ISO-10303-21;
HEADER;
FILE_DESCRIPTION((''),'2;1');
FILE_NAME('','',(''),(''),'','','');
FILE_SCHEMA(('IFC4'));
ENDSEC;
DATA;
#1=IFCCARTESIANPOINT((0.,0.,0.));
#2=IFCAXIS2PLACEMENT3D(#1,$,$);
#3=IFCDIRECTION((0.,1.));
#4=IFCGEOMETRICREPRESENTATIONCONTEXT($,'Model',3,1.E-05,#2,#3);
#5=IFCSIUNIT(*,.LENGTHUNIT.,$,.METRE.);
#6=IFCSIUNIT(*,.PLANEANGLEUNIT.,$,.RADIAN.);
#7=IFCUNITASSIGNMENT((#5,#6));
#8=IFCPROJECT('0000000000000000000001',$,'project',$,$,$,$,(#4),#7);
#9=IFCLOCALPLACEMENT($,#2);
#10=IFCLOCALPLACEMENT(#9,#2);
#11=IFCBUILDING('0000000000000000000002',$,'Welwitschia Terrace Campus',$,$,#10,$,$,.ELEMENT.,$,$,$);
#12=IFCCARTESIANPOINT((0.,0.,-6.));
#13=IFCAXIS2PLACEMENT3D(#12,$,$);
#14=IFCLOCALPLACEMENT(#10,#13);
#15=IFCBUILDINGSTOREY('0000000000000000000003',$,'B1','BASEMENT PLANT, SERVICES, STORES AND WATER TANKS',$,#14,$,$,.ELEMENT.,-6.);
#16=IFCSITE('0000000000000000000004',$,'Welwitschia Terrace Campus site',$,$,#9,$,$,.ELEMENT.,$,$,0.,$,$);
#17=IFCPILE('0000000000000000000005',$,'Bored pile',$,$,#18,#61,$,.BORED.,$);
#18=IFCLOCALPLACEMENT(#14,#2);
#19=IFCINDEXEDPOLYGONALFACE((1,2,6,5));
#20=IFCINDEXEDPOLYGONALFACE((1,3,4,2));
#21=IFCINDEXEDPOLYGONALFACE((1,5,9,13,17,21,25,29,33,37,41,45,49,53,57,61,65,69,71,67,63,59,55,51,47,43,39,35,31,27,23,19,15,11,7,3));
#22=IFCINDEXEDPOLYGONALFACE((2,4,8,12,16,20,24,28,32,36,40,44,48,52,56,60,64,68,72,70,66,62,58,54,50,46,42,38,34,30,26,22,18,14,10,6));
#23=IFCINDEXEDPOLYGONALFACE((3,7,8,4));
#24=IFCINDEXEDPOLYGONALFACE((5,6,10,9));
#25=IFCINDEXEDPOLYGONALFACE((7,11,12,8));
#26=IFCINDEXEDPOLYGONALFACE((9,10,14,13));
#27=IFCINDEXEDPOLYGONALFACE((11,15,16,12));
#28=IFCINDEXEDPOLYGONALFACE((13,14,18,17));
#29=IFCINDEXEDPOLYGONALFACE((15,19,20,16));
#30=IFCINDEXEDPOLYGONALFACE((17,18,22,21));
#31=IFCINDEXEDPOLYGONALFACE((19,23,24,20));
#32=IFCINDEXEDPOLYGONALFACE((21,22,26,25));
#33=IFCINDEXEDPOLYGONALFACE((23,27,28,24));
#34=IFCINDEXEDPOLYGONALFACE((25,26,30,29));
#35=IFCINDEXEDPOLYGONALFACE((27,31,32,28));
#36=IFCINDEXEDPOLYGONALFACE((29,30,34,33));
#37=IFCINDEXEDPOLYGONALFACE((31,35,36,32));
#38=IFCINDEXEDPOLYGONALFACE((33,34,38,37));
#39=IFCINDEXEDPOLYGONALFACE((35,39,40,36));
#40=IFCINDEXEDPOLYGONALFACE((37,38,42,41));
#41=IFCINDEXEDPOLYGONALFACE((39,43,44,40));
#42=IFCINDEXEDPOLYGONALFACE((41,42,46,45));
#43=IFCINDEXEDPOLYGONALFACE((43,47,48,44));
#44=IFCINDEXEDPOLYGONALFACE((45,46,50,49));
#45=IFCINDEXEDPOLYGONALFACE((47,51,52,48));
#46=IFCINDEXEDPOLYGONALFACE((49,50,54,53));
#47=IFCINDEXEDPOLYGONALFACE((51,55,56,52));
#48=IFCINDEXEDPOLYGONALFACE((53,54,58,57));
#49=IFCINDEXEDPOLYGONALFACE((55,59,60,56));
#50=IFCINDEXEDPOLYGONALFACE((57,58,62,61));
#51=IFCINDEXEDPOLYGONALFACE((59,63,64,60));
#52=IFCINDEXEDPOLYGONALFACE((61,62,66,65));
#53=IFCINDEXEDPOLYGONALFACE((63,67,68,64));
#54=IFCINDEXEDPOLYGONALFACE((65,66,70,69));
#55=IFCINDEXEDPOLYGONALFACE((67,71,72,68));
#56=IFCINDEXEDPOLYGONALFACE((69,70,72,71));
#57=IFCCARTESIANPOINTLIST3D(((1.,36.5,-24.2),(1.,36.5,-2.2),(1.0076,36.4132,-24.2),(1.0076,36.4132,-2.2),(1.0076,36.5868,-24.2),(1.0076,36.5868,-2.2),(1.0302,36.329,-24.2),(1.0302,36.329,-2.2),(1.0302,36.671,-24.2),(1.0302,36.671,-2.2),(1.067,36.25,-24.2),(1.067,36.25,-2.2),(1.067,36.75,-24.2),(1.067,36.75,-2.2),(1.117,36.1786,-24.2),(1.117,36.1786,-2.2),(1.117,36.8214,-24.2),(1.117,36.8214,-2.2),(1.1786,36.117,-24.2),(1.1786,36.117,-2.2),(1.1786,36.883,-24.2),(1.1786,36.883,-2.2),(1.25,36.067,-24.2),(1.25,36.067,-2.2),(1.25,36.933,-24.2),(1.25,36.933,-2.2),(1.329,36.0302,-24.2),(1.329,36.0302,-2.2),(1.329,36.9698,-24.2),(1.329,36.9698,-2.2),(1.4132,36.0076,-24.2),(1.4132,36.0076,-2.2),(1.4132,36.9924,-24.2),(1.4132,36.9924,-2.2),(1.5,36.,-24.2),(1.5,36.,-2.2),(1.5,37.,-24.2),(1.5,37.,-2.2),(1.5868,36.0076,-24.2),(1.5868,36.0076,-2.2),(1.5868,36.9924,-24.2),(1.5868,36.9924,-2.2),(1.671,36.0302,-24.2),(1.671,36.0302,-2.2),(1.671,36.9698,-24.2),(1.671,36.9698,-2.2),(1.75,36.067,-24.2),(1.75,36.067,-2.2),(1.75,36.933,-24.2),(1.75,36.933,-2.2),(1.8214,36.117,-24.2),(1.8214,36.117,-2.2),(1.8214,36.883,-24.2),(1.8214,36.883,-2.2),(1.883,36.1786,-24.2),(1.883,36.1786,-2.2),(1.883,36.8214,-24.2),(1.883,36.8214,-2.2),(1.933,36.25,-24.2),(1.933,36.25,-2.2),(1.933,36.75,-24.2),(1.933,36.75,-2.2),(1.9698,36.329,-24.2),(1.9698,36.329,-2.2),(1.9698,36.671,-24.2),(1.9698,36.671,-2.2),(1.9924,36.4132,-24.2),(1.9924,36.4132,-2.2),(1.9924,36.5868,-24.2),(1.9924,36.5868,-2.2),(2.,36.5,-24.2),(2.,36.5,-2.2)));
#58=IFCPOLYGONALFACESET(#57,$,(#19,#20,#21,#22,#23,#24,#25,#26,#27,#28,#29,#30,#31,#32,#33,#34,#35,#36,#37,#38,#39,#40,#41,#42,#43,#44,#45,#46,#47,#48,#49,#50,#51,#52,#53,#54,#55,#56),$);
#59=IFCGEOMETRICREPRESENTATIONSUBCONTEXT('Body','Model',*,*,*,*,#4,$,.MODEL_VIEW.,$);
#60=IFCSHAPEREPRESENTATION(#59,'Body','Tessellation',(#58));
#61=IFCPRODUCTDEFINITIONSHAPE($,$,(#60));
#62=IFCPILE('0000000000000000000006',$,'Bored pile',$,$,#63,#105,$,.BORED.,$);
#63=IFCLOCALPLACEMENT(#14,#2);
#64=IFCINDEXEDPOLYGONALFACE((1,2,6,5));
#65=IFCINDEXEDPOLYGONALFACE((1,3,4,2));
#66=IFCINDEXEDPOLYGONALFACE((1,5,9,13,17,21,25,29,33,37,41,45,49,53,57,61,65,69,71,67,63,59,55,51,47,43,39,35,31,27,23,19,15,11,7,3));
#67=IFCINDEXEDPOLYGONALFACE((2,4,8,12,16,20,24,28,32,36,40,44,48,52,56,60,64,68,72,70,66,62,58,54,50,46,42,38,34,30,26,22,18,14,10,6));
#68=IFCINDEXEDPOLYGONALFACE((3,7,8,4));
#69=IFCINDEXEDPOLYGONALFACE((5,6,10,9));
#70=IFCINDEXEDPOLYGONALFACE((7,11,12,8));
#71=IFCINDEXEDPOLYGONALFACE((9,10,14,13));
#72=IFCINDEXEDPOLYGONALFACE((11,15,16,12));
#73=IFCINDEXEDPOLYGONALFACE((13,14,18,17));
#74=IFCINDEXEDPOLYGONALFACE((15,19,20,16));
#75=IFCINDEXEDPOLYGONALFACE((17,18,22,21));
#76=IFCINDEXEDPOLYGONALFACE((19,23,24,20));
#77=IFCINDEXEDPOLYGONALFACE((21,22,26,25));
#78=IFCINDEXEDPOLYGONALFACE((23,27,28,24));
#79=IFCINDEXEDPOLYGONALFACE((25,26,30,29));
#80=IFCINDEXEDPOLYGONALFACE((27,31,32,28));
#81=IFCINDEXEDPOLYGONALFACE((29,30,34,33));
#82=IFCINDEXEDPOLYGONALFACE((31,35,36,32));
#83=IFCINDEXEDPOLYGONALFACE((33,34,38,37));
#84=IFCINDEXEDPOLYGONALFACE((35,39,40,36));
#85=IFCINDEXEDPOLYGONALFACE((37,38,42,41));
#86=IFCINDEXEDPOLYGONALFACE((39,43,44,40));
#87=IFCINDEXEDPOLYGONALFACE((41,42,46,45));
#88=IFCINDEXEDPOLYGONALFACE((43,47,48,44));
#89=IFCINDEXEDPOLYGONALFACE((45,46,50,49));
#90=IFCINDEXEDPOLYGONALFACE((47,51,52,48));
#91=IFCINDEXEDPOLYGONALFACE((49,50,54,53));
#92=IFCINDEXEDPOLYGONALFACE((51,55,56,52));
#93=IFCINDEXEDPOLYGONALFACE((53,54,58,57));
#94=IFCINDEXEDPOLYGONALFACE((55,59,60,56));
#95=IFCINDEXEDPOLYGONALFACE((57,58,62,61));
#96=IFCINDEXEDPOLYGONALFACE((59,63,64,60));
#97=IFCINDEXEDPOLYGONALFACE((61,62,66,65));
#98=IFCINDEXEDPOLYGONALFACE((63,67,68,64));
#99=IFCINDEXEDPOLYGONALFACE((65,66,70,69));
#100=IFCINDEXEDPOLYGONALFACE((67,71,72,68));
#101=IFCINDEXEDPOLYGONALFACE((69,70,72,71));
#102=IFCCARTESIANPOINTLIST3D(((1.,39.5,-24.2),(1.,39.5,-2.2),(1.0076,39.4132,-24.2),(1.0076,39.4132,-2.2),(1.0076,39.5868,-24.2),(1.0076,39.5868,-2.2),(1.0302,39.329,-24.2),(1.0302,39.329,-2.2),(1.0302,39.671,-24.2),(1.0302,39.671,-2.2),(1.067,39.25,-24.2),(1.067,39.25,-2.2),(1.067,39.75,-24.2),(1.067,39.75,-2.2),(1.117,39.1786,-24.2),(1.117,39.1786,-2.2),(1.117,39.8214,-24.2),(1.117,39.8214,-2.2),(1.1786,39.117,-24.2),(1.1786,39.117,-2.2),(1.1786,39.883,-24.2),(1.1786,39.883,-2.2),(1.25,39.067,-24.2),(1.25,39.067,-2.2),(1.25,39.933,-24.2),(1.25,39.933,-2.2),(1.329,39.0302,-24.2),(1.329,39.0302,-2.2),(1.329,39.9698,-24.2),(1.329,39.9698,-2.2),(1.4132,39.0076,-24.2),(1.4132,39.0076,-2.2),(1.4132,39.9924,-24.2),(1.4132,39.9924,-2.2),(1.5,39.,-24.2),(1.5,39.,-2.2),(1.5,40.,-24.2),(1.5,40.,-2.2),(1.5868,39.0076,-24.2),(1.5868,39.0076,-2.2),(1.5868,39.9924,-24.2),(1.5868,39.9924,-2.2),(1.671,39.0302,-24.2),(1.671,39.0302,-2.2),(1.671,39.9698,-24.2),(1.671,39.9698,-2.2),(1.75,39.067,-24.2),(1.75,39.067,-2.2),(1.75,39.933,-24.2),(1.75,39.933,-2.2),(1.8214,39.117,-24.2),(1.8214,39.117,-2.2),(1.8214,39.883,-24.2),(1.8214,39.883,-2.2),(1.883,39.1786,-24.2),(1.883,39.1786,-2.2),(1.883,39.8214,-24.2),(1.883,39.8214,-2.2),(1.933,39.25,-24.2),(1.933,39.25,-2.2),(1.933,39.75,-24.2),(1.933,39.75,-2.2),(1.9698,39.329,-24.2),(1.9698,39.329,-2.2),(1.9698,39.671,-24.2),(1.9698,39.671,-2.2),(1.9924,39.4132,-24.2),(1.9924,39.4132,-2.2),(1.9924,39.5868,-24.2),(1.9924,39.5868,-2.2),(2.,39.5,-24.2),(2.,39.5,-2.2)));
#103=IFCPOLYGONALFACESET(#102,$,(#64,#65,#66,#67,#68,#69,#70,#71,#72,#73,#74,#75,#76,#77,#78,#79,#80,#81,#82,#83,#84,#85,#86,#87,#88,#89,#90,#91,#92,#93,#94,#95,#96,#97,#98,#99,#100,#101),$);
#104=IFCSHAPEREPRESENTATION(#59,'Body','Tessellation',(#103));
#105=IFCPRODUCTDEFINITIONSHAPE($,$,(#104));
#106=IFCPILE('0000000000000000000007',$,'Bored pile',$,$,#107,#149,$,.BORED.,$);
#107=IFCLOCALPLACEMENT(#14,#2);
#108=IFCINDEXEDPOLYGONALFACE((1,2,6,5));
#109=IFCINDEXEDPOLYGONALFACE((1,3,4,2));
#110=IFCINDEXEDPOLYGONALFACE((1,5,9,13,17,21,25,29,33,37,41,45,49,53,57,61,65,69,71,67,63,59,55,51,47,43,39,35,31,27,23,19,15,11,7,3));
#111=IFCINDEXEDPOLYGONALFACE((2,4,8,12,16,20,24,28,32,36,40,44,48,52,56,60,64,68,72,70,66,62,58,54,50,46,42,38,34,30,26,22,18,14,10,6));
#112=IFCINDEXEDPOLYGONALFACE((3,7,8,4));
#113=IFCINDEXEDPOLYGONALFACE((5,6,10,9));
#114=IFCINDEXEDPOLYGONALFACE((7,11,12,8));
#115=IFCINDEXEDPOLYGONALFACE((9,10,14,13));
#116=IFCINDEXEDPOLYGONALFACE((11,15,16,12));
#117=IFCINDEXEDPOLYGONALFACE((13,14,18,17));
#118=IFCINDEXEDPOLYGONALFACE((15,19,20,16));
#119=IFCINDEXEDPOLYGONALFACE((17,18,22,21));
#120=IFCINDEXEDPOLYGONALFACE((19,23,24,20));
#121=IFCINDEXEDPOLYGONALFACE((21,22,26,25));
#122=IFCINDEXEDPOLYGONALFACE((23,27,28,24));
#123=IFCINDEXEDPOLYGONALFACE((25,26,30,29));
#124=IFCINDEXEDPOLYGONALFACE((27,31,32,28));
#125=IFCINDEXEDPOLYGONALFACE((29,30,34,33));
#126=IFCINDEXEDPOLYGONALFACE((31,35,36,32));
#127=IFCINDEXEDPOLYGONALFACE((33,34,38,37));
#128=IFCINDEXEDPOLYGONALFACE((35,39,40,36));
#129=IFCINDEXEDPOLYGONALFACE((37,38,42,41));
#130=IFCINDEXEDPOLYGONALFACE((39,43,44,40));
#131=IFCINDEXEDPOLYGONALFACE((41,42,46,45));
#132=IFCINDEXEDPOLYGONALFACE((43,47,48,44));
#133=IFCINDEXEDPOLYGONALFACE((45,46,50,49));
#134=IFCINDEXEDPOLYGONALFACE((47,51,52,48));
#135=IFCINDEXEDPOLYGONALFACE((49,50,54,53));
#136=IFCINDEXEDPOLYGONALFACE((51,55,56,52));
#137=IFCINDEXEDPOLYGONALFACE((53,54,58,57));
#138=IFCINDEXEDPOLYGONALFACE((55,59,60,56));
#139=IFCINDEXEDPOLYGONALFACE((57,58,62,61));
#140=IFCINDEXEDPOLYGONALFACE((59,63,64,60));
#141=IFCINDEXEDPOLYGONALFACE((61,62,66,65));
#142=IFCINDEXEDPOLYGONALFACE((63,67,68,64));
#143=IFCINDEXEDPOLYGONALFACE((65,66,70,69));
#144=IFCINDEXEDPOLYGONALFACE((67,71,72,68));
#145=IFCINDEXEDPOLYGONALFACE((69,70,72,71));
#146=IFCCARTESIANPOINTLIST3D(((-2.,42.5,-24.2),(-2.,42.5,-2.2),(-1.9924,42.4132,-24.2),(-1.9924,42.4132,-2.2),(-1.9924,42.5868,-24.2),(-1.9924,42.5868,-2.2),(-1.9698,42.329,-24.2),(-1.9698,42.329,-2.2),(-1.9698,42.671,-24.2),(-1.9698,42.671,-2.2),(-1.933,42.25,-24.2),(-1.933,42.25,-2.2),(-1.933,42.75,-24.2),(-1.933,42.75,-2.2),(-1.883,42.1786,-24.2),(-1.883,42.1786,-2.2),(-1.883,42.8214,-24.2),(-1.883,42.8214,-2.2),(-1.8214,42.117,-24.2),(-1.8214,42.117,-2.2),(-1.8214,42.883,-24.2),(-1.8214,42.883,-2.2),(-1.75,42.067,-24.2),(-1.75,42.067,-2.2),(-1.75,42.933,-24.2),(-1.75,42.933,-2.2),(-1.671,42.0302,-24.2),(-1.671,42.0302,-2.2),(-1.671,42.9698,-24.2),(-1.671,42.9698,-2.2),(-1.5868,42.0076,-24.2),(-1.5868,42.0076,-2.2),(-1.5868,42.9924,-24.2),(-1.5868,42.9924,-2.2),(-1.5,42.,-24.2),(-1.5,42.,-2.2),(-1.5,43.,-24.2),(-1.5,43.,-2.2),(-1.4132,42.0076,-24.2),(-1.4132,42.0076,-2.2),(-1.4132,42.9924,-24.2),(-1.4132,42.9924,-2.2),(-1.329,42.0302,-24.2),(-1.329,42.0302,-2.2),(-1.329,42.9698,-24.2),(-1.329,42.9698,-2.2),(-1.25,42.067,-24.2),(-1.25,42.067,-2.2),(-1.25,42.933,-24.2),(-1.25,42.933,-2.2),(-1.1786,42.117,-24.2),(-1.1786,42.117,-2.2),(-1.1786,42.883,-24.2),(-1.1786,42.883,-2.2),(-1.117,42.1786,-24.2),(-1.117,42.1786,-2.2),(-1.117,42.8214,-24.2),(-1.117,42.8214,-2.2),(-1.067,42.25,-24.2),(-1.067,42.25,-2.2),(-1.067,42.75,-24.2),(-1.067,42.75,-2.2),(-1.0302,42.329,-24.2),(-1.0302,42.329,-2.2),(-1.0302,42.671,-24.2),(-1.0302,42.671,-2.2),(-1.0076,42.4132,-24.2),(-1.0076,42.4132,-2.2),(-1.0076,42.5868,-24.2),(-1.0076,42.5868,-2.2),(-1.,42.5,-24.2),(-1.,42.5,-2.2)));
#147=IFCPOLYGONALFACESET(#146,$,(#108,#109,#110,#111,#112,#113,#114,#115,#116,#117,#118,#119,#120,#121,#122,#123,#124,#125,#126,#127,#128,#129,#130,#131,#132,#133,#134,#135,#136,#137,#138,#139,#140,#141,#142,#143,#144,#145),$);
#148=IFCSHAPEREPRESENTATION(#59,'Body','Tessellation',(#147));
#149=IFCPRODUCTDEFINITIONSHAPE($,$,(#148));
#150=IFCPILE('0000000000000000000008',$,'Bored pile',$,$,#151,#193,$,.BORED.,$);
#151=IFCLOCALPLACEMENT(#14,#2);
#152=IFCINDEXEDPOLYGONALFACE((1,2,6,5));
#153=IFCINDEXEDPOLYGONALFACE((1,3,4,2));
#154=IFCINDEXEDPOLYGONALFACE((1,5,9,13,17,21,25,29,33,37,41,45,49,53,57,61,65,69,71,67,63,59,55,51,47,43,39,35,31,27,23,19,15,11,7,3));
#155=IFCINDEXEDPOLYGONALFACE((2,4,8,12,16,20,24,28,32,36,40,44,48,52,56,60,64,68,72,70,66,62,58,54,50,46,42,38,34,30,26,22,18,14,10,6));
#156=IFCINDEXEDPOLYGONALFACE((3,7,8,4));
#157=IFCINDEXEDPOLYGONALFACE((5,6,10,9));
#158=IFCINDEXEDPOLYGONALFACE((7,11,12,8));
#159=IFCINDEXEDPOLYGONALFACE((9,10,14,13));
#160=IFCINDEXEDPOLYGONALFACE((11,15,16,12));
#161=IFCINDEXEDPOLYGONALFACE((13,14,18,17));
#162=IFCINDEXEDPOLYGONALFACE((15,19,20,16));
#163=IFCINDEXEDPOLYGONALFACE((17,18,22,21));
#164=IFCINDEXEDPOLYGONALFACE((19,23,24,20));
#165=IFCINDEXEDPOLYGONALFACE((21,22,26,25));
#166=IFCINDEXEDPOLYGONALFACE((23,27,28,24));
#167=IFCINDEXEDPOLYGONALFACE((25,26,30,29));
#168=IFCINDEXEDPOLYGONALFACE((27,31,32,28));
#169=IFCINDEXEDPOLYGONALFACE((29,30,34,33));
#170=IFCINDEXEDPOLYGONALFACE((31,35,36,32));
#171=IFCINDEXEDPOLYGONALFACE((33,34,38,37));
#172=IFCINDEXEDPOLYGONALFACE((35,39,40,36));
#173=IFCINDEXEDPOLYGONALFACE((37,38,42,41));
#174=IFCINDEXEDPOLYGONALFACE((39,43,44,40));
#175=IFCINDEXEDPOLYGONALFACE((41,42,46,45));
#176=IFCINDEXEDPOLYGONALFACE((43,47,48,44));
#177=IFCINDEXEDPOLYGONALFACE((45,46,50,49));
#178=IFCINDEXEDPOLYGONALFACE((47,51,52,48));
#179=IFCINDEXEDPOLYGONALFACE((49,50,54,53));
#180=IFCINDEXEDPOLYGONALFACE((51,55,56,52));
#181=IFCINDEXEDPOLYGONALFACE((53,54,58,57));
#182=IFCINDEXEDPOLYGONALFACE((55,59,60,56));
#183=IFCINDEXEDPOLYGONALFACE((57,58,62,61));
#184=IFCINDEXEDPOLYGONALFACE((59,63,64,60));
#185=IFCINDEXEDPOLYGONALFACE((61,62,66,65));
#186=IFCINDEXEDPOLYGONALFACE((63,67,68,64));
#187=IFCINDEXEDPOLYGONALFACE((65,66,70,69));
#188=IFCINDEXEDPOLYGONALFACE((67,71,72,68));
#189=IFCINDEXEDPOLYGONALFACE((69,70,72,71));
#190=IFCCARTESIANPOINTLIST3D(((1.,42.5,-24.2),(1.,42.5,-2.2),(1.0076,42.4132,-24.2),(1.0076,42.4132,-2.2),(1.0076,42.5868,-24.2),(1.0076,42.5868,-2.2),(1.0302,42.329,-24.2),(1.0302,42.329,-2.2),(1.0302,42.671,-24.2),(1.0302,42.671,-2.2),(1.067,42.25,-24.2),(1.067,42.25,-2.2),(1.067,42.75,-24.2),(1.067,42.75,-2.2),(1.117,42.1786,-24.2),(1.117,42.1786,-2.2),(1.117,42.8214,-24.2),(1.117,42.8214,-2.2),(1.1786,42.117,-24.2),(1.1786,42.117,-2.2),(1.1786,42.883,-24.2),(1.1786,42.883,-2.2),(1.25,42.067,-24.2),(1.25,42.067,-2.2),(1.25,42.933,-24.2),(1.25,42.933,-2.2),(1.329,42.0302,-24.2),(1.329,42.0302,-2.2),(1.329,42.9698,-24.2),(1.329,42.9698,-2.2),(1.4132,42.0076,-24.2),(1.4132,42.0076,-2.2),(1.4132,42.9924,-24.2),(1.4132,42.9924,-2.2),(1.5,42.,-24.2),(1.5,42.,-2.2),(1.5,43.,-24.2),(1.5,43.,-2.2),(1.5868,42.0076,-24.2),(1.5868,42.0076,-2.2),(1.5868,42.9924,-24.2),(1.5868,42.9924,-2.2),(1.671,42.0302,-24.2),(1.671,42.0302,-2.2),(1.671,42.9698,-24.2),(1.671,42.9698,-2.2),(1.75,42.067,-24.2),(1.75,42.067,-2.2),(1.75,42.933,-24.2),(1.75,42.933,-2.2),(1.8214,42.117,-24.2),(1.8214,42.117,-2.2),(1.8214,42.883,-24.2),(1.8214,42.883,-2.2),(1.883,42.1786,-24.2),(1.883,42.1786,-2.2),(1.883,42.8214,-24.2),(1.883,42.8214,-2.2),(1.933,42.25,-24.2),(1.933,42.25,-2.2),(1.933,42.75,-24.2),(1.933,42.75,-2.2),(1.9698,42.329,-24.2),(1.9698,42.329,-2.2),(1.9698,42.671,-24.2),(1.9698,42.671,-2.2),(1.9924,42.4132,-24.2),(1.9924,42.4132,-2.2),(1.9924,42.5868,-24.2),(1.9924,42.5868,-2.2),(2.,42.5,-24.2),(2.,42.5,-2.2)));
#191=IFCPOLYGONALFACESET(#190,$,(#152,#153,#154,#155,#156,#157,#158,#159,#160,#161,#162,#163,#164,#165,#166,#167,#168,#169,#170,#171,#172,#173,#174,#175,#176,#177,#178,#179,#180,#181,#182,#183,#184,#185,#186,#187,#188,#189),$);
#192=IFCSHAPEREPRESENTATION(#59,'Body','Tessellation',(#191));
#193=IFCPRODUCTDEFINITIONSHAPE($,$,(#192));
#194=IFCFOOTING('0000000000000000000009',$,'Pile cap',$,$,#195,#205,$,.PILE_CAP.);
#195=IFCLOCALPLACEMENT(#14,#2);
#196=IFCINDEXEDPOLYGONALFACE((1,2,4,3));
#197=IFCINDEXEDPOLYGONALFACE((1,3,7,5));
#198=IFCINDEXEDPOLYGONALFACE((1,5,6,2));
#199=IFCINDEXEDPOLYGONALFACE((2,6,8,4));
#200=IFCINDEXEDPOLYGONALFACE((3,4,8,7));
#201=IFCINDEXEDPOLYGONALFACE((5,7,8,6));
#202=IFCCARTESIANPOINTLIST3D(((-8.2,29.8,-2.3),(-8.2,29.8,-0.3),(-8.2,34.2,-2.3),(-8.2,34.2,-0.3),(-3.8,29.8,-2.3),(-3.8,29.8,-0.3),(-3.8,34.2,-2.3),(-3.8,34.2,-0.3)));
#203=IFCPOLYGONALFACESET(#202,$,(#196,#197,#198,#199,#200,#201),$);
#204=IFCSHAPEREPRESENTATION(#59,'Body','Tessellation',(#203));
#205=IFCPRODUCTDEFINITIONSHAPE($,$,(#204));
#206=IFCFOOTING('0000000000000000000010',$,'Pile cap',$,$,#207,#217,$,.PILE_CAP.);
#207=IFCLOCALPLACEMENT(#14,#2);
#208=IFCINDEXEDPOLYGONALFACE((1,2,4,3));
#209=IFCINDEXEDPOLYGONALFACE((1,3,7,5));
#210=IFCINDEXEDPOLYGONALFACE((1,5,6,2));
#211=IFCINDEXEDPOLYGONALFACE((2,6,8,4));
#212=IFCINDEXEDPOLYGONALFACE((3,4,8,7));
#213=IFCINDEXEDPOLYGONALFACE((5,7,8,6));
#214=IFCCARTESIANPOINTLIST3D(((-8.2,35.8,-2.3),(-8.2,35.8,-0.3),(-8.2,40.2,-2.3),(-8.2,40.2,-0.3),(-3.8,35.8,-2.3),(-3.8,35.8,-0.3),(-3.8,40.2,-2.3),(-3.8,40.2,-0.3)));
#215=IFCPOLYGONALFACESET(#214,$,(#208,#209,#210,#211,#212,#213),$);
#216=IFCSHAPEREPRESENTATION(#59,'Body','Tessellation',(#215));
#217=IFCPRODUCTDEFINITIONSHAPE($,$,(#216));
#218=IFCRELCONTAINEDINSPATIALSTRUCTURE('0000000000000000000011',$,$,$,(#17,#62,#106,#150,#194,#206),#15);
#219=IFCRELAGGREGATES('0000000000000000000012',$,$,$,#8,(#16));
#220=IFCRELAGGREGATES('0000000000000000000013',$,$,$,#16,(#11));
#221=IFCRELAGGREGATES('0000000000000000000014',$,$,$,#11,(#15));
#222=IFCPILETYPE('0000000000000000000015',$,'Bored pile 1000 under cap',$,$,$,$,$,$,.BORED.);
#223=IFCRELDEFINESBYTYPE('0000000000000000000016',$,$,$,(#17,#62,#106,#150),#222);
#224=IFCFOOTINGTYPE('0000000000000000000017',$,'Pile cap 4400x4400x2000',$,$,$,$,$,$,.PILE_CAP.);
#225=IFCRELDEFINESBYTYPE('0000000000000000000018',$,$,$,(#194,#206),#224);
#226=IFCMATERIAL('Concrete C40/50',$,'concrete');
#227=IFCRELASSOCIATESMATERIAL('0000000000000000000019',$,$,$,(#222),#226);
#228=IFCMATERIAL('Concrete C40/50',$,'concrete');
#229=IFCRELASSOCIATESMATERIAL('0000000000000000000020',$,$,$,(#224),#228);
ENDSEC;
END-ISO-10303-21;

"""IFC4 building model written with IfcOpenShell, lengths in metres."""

from ifc_helpers import new_model, si_unit, direction, frame, origin, origin_2d, place, context, subcontext, project, spatial, rectangle, circle, extrude, material, type_object, element, save


model = new_model("IFC4")

# Units and contexts
model_context = context("Model", 3, precision=1e-05, world=origin(), true_north=direction((0.0, 1.0)))
body_context = subcontext(model_context, "Body", "Model", "MODEL_VIEW")
ifc_project = project(units=[si_unit("LENGTHUNIT", "METRE"), si_unit("PLANEANGLEUNIT", "RADIAN")], contexts=[model_context])

# Site, building, storey
site_placement = place(None, origin())
site = spatial("IfcSite", under=ifc_project, at=site_placement, Name="Welwitschia Terrace Campus site", CompositionType="ELEMENT", RefElevation=0.0)
building_placement = place(site_placement, origin())
building = spatial("IfcBuilding", under=site, at=building_placement, Name="Welwitschia Terrace Campus", CompositionType="ELEMENT")
storey_placement = place(building_placement, frame((0.0, 0.0, -6.0)))
storey = spatial("IfcBuildingStorey", under=building, at=storey_placement, Name="B1", Description="BASEMENT PLANT, SERVICES, STORES AND WATER TANKS", CompositionType="ELEMENT", Elevation=-6.0)

# Piles
ifc_material_1 = material(Name="Concrete C40/50", Category="concrete")
pile_type = type_object("IfcPileType", Name="Bored pile 1000 under cap", PredefinedType="BORED", material=ifc_material_1)
for number, where, z_axis, x_axis, name in (
    (1, (1.5, 36.5, -2.2), (0.0, 0.0, -1.0), (1.0, 0.0, 0.0), "Bored pile"),
    (2, (1.5, 39.5, -2.2), (0.0, 0.0, -1.0), (1.0, 0.0, 0.0), "Bored pile"),
    (3, (-1.5, 42.5, -2.2), (0.0, 0.0, -1.0), (1.0, 0.0, 0.0), "Bored pile"),
    (4, (1.5, 42.5, -2.2), (0.0, 0.0, -1.0), (1.0, 0.0, 0.0), "Bored pile"),
):
    element("IfcPile", number, at=place(storey_placement, frame(where, z_axis=z_axis, x_axis=x_axis)), inside=storey, type_object=pile_type, Name=name, PredefinedType="BORED", context=body_context, shape_type="SweptSolid", body=[
        extrude(circle(Radius=0.5, at=origin_2d()), origin(), (0.0, 0.0, 1.0), 22.0),
    ])

# Footings
ifc_material_2 = material(Name="Concrete C40/50", Category="concrete")
footing_type = type_object("IfcFootingType", Name="Pile cap 4400x4400x2000", PredefinedType="PILE_CAP", material=ifc_material_2)
for number, where, z_axis, x_axis, name in (
    (5, (-6.0, 32.0, -2.3), (0.0, 0.0, 1.0), (1.0, 0.0, 0.0), "Pile cap"),
    (6, (-6.0, 38.0, -2.3), (0.0, 0.0, 1.0), (1.0, 0.0, 0.0), "Pile cap"),
):
    element("IfcFooting", number, at=place(storey_placement, frame(where, z_axis=z_axis, x_axis=x_axis)), inside=storey, type_object=footing_type, Name=name, PredefinedType="PILE_CAP", context=body_context, shape_type="SweptSolid", body=[
        extrude(rectangle(XDim=4.3999, YDim=4.3999, at=origin_2d()), origin(), (0.0, 0.0, 1.0), 2.0),
    ])

save(model, "model.ifc")
